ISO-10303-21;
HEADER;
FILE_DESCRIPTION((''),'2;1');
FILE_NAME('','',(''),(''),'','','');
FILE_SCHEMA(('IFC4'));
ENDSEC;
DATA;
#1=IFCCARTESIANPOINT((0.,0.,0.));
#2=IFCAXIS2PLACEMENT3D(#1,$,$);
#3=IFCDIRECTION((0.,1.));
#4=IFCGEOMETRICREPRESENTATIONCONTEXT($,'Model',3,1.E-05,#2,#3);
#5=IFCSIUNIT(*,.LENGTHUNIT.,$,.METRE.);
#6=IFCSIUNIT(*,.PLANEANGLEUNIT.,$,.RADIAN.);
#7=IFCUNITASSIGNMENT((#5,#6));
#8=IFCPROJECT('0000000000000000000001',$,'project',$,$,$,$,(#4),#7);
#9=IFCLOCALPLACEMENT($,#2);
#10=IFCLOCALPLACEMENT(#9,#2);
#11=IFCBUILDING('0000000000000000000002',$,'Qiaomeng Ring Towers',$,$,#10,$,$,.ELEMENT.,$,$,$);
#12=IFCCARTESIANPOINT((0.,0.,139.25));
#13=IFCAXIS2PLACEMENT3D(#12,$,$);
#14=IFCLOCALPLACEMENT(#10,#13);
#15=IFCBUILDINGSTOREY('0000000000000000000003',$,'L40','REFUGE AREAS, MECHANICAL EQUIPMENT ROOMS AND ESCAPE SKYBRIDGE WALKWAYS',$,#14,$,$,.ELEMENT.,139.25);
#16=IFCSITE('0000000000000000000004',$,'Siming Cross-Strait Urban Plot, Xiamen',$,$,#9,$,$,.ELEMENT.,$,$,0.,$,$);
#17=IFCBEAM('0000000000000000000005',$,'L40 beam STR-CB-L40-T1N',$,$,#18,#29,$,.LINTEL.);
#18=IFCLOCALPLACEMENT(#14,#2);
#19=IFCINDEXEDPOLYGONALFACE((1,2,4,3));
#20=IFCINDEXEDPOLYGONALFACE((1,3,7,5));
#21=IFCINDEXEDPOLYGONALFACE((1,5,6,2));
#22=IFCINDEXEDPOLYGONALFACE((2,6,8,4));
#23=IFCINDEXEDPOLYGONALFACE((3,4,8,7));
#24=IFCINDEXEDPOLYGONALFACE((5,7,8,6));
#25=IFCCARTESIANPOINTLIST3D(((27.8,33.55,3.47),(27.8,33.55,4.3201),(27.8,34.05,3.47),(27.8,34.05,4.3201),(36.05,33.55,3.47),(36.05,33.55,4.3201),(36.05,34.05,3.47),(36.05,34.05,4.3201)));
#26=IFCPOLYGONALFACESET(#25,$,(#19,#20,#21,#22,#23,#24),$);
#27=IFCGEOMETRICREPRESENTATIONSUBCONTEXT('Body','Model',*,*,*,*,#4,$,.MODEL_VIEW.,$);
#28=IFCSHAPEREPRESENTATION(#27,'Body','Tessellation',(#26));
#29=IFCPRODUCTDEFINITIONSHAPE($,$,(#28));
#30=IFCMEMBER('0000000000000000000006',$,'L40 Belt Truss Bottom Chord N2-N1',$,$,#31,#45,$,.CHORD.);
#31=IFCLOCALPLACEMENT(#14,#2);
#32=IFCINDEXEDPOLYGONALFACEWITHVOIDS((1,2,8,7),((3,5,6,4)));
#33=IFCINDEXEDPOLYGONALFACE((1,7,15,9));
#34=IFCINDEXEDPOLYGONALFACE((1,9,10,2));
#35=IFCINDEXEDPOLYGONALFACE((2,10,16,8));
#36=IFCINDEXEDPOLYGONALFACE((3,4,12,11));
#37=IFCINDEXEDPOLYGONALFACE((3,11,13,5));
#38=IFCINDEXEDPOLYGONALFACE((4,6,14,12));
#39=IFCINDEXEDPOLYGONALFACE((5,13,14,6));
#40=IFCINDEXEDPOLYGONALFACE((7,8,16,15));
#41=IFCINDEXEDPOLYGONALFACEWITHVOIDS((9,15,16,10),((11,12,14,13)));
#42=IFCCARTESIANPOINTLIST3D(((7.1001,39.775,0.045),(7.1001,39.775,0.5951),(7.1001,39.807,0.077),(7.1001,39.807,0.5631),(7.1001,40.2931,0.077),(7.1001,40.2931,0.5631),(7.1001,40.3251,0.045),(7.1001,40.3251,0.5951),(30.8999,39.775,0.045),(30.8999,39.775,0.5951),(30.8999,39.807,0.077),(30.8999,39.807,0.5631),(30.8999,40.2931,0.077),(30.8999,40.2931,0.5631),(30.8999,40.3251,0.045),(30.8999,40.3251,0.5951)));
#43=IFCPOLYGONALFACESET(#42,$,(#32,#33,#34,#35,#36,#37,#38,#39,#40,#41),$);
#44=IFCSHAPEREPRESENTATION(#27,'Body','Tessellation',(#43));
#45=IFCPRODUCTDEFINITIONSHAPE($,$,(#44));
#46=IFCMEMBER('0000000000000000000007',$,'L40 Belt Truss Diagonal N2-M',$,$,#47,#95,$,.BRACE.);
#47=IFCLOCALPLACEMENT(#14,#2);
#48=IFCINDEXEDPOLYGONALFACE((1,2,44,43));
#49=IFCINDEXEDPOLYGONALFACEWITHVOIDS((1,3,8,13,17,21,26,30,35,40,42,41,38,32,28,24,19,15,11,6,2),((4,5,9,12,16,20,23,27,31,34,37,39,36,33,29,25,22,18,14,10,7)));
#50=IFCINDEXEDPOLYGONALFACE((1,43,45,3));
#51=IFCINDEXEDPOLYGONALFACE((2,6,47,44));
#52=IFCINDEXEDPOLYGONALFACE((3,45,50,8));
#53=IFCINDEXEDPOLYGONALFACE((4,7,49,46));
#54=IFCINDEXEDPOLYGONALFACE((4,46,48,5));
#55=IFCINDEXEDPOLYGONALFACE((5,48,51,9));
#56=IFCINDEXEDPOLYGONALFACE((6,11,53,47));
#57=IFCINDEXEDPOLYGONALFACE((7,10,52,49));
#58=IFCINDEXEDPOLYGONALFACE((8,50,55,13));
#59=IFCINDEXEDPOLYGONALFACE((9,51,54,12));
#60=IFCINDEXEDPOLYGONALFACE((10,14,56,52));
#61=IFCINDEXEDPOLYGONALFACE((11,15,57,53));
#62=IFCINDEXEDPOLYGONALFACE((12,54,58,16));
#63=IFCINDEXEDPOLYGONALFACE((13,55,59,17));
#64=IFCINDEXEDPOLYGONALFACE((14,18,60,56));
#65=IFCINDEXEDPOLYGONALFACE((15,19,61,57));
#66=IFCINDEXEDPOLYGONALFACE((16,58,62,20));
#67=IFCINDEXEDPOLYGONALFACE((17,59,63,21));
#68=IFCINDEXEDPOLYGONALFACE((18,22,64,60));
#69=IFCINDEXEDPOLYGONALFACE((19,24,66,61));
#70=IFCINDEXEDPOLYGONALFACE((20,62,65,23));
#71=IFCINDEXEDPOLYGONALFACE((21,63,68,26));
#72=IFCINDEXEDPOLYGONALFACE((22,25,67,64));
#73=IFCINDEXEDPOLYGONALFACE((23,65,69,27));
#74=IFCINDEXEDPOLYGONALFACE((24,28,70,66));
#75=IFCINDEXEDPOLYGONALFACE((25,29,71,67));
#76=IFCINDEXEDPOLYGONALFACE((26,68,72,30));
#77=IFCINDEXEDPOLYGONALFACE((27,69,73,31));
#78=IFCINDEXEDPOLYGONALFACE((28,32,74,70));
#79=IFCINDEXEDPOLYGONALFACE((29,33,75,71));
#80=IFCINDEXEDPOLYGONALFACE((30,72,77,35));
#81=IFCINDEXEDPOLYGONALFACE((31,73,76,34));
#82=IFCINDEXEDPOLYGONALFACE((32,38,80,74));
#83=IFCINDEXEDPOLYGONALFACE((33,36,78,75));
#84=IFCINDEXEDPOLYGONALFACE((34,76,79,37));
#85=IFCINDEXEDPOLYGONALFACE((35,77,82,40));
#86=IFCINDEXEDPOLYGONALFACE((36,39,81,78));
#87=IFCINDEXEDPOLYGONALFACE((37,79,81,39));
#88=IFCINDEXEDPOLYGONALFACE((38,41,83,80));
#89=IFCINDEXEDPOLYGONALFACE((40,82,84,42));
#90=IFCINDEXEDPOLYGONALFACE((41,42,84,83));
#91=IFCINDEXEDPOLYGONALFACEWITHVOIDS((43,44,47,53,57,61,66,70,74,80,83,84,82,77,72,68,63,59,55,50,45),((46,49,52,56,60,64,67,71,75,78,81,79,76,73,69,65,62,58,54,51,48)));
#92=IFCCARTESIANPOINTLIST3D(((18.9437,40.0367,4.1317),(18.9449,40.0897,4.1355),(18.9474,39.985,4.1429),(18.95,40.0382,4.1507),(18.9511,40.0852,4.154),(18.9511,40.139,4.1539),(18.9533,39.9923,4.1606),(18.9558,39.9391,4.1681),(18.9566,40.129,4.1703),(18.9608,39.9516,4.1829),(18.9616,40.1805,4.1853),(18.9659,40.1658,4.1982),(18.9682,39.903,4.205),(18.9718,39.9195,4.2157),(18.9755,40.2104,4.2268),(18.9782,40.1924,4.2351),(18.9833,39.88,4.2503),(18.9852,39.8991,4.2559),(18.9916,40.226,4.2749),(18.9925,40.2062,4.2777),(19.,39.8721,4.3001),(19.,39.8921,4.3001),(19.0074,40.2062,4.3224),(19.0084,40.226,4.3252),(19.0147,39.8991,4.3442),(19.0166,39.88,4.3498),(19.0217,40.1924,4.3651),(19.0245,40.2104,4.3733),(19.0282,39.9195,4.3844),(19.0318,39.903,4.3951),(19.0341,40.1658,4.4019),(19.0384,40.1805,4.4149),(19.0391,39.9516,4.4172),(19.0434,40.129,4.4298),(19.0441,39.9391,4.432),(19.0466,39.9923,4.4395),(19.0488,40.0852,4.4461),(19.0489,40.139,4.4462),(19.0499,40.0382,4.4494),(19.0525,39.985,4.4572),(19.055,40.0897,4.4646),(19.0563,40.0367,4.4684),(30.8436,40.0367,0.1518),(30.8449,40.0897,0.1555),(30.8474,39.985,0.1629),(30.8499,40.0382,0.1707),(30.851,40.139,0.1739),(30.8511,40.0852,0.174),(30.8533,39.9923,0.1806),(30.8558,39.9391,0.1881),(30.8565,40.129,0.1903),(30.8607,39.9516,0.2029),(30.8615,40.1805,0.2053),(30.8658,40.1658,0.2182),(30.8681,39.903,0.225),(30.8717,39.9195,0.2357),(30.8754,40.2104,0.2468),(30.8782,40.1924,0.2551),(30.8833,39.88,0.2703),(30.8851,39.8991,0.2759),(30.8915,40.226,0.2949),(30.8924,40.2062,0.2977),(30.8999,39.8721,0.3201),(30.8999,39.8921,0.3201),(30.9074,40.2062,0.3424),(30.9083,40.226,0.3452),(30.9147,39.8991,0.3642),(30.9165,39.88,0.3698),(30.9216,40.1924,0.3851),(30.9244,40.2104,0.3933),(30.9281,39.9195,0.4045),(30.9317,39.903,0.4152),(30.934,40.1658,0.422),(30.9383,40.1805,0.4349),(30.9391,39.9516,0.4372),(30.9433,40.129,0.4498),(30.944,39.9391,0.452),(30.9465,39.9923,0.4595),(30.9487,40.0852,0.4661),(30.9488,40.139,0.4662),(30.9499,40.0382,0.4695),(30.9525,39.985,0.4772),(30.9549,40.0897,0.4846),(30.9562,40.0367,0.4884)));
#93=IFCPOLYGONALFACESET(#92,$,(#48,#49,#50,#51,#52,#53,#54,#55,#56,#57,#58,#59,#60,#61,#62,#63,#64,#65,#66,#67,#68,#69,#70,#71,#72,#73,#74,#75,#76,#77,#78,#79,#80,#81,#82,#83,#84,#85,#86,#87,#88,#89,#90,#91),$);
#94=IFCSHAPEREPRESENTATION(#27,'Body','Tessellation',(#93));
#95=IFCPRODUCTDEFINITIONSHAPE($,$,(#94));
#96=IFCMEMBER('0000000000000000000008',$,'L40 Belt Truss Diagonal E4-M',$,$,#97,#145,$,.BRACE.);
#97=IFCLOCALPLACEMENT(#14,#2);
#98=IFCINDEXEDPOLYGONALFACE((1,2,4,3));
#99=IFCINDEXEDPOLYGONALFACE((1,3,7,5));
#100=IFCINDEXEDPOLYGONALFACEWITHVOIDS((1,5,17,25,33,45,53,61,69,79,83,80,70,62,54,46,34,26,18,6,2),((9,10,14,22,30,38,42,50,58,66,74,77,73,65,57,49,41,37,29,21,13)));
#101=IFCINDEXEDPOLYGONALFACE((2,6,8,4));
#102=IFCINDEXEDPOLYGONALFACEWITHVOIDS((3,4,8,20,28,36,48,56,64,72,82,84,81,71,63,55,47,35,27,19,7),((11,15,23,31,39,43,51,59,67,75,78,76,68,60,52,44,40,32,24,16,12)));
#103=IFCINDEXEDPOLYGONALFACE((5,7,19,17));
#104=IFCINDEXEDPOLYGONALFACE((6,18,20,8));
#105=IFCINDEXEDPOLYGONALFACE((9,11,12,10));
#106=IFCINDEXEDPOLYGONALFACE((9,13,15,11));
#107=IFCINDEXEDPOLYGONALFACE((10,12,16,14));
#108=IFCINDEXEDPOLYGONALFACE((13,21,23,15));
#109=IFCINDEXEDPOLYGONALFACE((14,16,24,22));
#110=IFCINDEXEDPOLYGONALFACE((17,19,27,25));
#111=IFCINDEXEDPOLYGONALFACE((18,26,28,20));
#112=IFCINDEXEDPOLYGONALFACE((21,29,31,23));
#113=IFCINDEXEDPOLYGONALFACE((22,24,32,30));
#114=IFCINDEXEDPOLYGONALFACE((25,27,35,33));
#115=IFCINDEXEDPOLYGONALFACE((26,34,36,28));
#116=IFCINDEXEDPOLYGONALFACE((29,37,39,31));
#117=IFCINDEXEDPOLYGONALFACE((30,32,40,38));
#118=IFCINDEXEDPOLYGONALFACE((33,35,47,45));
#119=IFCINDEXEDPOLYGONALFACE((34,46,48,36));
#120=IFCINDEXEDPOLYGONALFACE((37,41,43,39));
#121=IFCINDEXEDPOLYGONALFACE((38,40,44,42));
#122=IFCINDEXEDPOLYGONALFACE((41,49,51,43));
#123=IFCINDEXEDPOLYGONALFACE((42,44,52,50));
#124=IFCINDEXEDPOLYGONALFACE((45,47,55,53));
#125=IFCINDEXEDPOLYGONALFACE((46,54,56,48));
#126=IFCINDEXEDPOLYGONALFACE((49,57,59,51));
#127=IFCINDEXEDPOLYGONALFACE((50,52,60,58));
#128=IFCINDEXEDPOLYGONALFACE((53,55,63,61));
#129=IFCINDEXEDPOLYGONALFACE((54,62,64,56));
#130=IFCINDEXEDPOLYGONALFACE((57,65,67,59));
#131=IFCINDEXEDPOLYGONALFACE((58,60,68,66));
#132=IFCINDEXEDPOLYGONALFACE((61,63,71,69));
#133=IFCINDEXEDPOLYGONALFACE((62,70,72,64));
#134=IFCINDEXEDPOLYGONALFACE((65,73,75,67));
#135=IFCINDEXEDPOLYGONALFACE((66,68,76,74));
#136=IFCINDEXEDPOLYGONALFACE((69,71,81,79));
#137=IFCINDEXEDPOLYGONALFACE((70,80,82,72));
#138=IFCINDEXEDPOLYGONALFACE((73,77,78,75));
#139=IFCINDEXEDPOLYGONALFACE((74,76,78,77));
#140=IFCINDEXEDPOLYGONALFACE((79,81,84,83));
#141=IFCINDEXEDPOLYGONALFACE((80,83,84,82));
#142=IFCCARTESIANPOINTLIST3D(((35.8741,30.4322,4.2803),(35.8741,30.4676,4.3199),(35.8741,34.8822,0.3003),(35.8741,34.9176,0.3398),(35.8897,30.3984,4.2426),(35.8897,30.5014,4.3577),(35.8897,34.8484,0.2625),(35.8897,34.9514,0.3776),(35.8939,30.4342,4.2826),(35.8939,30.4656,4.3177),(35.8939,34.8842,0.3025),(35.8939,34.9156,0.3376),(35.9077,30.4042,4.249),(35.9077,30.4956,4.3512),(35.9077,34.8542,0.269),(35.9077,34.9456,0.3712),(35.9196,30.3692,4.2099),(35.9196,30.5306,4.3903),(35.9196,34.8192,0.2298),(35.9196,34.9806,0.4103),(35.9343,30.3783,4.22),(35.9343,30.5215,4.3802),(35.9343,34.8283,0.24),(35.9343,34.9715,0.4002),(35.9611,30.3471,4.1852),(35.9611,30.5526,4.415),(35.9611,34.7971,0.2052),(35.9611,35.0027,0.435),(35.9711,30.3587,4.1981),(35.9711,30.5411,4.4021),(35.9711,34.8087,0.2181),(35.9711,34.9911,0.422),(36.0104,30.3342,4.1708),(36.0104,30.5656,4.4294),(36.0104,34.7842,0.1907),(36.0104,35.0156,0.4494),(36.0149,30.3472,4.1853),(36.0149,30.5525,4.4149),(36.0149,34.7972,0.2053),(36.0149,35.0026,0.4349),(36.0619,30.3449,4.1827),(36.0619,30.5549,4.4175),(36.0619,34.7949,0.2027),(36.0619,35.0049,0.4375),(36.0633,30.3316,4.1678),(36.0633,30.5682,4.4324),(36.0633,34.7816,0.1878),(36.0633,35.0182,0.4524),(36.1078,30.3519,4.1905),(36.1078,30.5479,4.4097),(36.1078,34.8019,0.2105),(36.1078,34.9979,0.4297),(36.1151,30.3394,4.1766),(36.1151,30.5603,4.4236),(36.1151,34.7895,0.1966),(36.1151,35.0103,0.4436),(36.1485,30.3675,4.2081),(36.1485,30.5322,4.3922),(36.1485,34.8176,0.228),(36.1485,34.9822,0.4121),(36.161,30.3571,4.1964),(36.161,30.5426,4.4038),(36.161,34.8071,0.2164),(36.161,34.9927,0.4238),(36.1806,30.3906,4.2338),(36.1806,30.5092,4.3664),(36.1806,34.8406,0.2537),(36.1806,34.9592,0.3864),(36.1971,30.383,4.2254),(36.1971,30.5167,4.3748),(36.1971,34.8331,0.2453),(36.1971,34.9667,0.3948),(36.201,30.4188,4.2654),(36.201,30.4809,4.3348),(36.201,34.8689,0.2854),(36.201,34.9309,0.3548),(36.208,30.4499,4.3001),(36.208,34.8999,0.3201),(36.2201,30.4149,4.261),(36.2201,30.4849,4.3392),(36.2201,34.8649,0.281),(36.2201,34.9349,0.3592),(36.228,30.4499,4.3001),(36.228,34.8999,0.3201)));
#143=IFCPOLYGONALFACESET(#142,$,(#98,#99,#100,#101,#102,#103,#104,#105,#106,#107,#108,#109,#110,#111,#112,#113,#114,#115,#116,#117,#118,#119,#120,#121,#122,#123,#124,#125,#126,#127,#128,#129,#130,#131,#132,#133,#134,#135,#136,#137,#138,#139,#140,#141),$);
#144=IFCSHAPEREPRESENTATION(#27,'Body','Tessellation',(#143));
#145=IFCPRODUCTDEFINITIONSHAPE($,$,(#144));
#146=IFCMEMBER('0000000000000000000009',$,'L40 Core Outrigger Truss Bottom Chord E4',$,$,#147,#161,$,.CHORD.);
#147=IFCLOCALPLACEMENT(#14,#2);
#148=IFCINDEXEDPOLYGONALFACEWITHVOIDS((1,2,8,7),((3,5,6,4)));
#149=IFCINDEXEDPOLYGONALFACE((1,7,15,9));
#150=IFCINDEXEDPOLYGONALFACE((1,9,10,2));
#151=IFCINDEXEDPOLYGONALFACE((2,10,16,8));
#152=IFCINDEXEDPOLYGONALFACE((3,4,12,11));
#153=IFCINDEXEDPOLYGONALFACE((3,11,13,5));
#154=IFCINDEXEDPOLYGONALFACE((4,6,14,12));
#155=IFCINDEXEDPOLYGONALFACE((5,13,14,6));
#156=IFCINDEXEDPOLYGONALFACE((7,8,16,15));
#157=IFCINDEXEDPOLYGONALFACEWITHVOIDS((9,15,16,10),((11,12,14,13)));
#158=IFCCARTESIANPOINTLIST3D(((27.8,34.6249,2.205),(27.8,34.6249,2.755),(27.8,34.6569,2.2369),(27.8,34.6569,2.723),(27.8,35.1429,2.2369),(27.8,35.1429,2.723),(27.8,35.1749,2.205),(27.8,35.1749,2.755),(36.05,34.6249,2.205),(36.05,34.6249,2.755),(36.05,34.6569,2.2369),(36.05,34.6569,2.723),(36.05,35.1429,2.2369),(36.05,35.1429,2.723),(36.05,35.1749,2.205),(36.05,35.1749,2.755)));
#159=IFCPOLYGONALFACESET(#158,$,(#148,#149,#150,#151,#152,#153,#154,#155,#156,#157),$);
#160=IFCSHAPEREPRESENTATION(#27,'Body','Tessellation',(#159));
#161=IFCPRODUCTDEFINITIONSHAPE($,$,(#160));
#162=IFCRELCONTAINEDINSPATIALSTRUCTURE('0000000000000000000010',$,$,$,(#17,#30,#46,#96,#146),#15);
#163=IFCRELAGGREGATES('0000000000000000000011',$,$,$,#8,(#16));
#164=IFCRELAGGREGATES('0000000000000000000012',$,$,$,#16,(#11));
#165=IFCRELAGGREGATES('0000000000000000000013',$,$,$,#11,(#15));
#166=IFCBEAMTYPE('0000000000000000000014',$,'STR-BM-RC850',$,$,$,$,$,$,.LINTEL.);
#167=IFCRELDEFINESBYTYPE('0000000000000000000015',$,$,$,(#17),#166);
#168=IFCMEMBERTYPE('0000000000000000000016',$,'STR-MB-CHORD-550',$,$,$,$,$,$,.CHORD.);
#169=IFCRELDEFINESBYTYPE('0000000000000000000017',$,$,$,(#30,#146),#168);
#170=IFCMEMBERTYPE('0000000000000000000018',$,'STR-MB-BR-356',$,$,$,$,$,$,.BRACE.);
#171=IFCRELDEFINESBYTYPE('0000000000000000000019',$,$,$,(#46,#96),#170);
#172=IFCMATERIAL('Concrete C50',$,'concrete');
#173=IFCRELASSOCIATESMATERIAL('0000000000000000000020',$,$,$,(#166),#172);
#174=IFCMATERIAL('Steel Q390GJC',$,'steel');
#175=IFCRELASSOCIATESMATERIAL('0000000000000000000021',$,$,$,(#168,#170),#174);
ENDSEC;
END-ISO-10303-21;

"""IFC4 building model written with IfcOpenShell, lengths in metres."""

from ifc_helpers import new_model, si_unit, direction, frame, origin, origin_2d, place, context, subcontext, project, spatial, rectangle, hollow_rectangle, hollow_circle, extrude, source, transform, mapped, material, material_profile, profile_set, type_object, element, save


model = new_model("IFC4")

# Units and contexts
model_context = context("Model", 3, precision=1e-05, world=origin(), true_north=direction((0.0, 1.0)))
body_context = subcontext(model_context, "Body", "Model", "MODEL_VIEW")
ifc_project = project(units=[si_unit("LENGTHUNIT", "METRE"), si_unit("PLANEANGLEUNIT", "RADIAN")], contexts=[model_context])

# Site, building, storey
site_placement = place(None, origin())
site = spatial("IfcSite", under=ifc_project, at=site_placement, Name="Siming Cross-Strait Urban Plot, Xiamen", CompositionType="ELEMENT", RefElevation=0.0)
building_placement = place(site_placement, origin())
building = spatial("IfcBuilding", under=site, at=building_placement, Name="Qiaomeng Ring Towers", CompositionType="ELEMENT")
storey_placement = place(building_placement, frame((0.0, 0.0, 139.25)))
storey = spatial("IfcBuildingStorey", under=building, at=storey_placement, Name="L40", Description="REFUGE AREAS, MECHANICAL EQUIPMENT ROOMS AND ESCAPE SKYBRIDGE WALKWAYS", CompositionType="ELEMENT", Elevation=139.25)

# Shared definitions
ifc_material_1 = material(Name="Steel Q390GJC", Category="steel")

# Beam
ifc_material_2 = material(Name="Concrete C50", Category="concrete")
ifc_material_profile_1 = material_profile(ifc_material_2, rectangle(XDim=0.5, YDim=0.8501, at=origin_2d()), Name="RC BM 500x850")
ifc_profile_set_1 = profile_set([ifc_material_profile_1], Name="Concrete C50")
beam_type_1 = type_object("IfcBeamType", Name="STR-BM-RC850", PredefinedType="LINTEL", material=ifc_profile_set_1)
shared_shape_1 = source(origin(), body_context, "Body", "SweptSolid", [
    extrude(rectangle(XDim=0.5, YDim=0.8501, at=origin_2d()), origin(), (0.0, 0.0, 1.0), 8.25),
])
beam_1_placement = place(storey_placement, frame((27.8, 33.8, 3.895), z_axis=(1.0, 0.0, 0.0), x_axis=(0.0, 1.0, 0.0)))
element("IfcBeam", 1, at=beam_1_placement, inside=storey, type_object=beam_type_1, Name="L40 beam STR-CB-L40-T1N", PredefinedType="LINTEL", context=body_context, shape_type="MappedRepresentation", body=[
    mapped(shared_shape_1, transform((0.0, 0.0, 0.0), x_axis=(1.0, 0.0, 0.0), y_axis=(0.0, 1.0, 0.0), z_axis=(0.0, 0.0, 1.0), scale=1.0)),
])

# Members
ifc_material_profile_2 = material_profile(ifc_material_1, hollow_rectangle(XDim=0.55, YDim=0.55, WallThickness=0.032, at=origin_2d()), Name="SHS 550x550x32")
ifc_profile_set_2 = profile_set([ifc_material_profile_2], Name="Steel Q390GJC")
member_type_1 = type_object("IfcMemberType", Name="STR-MB-CHORD-550", PredefinedType="CHORD", material=ifc_profile_set_2)
shared_shape_2 = source(origin(), body_context, "Body", "SweptSolid", [
    extrude(hollow_rectangle(XDim=0.55, YDim=0.55, WallThickness=0.032, at=origin_2d()), origin(), (0.0, 0.0, 1.0), 23.7998),
])
member_1_placement = place(storey_placement, frame((30.8999, 40.05, 0.3201), z_axis=(-1.0, 0.0, 0.0), x_axis=(0.0, -1.0, 0.0)))
element("IfcMember", 2, at=member_1_placement, inside=storey, type_object=member_type_1, Name="L40 Belt Truss Bottom Chord N2-N1", PredefinedType="CHORD", context=body_context, shape_type="MappedRepresentation", body=[
    mapped(shared_shape_2, transform((0.0, 0.0, 0.0), x_axis=(1.0, 0.0, 0.0), y_axis=(0.0, 1.0, 0.0), z_axis=(0.0, 0.0, 1.0), scale=1.0)),
])
ifc_material_profile_3 = material_profile(ifc_material_1, hollow_circle(Radius=0.178, WallThickness=0.02, at=origin_2d()), Name="CHS 356x20")
ifc_profile_set_3 = profile_set([ifc_material_profile_3], Name="Steel Q390GJC")
member_type_2 = type_object("IfcMemberType", Name="STR-MB-BR-356", PredefinedType="BRACE", material=ifc_profile_set_3)
shared_shape_3 = source(origin(), body_context, "Body", "SweptSolid", [
    extrude(hollow_circle(Radius=0.178, WallThickness=0.02, at=origin_2d()), origin(), (0.0, 0.0, 1.0), 12.5479),
])
member_2_placement = place(storey_placement, frame((30.8999, 40.05, 0.3201), z_axis=(-0.948364, 0.0, 0.317185), x_axis=(0.0, -1.0, 0.0)))
element("IfcMember", 3, at=member_2_placement, inside=storey, type_object=member_type_2, Name="L40 Belt Truss Diagonal N2-M", PredefinedType="BRACE", context=body_context, shape_type="MappedRepresentation", body=[
    mapped(shared_shape_3, transform((0.0, 0.0, 0.0), x_axis=(1.0, 0.0, 0.0), y_axis=(0.0, 1.0, 0.0), z_axis=(0.0, 0.0, 1.0), scale=1.0)),
])
shared_shape_4 = source(origin(), body_context, "Body", "SweptSolid", [
    extrude(hollow_circle(Radius=0.178, WallThickness=0.02, at=origin_2d()), origin(), (0.0, 0.0, 1.0), 5.9702),
])
member_3_placement = place(storey_placement, frame((36.05, 34.8999, 0.3201), z_axis=(0.0, -0.745371, 0.66665), x_axis=(1.0, 0.0, 0.0)))
element("IfcMember", 4, at=member_3_placement, inside=storey, type_object=member_type_2, Name="L40 Belt Truss Diagonal E4-M", PredefinedType="BRACE", context=body_context, shape_type="MappedRepresentation", body=[
    mapped(shared_shape_4, transform((0.0, 0.0, 0.0), x_axis=(1.0, 0.0, 0.0), y_axis=(0.0, 1.0, 0.0), z_axis=(0.0, 0.0, 1.0), scale=1.0)),
])
shared_shape_5 = source(origin(), body_context, "Body", "SweptSolid", [
    extrude(hollow_rectangle(XDim=0.55, YDim=0.55, WallThickness=0.032, at=origin_2d()), origin(), (0.0, 0.0, 1.0), 8.25),
])
member_4_placement = place(storey_placement, frame((27.8, 34.8999, 2.48), z_axis=(1.0, 0.0, 0.0), x_axis=(0.0, 1.0, 0.0)))
element("IfcMember", 5, at=member_4_placement, inside=storey, type_object=member_type_1, Name="L40 Core Outrigger Truss Bottom Chord E4", PredefinedType="CHORD", context=body_context, shape_type="MappedRepresentation", body=[
    mapped(shared_shape_5, transform((0.0, 0.0, 0.0), x_axis=(1.0, 0.0, 0.0), y_axis=(0.0, 1.0, 0.0), z_axis=(0.0, 0.0, 1.0), scale=1.0)),
])

save(model, "model.ifc")
